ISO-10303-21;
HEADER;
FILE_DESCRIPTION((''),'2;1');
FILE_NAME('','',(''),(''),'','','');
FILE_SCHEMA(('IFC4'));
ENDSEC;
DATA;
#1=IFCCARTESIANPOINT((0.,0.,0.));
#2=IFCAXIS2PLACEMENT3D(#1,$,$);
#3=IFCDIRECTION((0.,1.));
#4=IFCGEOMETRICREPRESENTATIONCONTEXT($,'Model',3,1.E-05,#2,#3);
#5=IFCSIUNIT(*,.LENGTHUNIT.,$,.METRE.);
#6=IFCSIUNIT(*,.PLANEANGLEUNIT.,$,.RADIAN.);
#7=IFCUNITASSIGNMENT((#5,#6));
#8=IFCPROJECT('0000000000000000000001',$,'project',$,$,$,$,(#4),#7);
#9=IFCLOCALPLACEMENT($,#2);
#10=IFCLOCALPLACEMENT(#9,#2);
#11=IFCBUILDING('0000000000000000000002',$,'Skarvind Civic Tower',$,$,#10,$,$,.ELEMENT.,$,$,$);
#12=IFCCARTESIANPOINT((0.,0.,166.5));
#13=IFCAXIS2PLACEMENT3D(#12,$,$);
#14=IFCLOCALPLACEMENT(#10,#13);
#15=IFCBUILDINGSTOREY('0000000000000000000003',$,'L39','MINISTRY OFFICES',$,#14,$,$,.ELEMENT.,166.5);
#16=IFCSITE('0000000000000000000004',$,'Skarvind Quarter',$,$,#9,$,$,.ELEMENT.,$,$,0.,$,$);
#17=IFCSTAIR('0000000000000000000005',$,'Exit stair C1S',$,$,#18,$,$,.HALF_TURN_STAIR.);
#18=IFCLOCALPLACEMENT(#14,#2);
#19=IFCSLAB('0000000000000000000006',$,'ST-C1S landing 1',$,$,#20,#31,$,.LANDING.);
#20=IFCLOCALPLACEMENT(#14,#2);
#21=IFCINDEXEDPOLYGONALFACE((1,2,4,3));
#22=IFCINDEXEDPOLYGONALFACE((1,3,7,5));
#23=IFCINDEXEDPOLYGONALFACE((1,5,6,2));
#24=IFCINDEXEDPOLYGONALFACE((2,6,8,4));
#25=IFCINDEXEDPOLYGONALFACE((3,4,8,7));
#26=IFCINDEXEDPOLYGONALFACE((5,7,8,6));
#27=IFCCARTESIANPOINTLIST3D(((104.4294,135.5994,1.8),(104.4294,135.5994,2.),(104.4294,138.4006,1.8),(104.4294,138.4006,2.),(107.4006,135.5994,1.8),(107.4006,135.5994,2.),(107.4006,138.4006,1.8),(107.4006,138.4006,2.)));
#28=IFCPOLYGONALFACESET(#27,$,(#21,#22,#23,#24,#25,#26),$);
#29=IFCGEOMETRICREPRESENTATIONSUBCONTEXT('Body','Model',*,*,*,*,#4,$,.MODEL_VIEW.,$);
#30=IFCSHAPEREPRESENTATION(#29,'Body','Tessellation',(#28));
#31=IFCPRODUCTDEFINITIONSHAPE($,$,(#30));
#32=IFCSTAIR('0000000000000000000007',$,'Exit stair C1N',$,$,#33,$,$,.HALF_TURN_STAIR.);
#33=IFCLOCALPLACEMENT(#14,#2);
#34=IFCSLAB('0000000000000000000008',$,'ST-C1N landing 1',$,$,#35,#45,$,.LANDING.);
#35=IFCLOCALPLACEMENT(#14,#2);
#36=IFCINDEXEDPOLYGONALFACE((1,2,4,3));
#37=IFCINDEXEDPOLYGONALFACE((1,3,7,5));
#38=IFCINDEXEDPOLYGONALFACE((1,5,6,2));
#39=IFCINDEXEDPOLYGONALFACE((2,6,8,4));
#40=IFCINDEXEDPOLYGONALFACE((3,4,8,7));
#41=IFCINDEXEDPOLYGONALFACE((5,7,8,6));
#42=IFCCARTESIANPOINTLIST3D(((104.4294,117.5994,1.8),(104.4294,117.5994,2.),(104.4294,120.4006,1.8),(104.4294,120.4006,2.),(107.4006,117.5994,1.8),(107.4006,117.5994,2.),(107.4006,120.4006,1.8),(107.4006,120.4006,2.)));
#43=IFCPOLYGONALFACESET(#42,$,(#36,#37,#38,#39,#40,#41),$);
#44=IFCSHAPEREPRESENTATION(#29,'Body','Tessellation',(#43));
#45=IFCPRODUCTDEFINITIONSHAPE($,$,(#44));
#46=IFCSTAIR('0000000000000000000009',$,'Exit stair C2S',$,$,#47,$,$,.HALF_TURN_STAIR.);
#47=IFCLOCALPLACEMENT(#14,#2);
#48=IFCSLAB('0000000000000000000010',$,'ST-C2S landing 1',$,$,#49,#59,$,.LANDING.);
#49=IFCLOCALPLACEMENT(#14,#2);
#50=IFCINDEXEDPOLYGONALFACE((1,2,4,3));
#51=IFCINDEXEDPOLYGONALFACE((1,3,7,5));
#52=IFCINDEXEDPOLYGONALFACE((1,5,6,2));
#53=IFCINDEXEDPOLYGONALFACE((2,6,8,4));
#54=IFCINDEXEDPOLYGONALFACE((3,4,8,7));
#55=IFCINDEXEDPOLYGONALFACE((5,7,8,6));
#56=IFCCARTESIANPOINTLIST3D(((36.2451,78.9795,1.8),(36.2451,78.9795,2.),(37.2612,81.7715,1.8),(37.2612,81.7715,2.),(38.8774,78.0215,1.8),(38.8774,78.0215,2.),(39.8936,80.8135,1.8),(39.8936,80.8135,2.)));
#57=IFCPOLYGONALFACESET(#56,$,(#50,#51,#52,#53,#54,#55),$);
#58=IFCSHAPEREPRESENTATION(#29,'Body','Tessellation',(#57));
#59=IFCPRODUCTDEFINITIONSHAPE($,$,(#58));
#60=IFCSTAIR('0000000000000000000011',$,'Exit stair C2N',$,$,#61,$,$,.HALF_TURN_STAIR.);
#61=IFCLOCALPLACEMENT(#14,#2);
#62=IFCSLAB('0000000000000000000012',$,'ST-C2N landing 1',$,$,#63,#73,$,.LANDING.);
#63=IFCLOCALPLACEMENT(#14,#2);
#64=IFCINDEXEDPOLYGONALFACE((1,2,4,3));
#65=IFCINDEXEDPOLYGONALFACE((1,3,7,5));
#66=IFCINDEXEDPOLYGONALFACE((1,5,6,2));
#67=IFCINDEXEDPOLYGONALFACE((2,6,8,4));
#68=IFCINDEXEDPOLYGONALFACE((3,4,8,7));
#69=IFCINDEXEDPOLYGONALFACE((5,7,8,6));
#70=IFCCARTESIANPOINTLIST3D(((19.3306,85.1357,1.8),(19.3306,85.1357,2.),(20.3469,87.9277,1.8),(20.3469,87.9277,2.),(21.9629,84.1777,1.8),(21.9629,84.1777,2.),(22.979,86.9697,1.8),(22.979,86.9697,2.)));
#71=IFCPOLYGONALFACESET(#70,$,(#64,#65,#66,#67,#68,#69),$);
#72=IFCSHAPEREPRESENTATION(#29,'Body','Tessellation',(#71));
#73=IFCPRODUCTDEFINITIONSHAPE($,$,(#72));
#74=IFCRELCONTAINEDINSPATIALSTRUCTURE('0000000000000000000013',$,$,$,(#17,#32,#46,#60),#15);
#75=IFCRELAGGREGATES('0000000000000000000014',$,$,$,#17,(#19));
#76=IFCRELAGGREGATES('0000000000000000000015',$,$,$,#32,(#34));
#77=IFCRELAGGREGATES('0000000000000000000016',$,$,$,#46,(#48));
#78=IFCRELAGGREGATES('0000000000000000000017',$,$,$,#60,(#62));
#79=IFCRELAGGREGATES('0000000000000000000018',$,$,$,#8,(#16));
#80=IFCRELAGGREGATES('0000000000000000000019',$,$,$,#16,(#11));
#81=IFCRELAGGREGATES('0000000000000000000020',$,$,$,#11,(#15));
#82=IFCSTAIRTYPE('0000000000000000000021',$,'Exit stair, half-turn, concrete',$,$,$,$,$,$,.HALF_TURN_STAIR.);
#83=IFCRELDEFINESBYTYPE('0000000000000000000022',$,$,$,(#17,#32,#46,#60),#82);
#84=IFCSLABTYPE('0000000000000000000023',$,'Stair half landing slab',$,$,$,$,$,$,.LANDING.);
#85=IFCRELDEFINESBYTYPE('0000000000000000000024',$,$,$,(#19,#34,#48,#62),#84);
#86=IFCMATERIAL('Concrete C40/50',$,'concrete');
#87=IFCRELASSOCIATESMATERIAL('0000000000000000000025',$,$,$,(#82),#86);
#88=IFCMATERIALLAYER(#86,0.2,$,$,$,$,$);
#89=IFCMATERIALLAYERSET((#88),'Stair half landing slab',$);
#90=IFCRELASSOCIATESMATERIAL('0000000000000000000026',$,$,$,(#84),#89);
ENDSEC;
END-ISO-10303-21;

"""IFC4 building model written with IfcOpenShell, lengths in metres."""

from ifc_helpers import new_model, si_unit, direction, frame, origin, place, context, subcontext, project, spatial, polyline, outline, extrude, material, layer, layer_set, type_object, element, aggregate, save


model = new_model("IFC4")

# Units and contexts
model_context = context("Model", 3, precision=1e-05, world=origin(), true_north=direction((0.0, 1.0)))
body_context = subcontext(model_context, "Body", "Model", "MODEL_VIEW")
ifc_project = project(units=[si_unit("LENGTHUNIT", "METRE"), si_unit("PLANEANGLEUNIT", "RADIAN")], contexts=[model_context])

# Site, building, storey
site_placement = place(None, origin())
site = spatial("IfcSite", under=ifc_project, at=site_placement, Name="Skarvind Quarter", CompositionType="ELEMENT", RefElevation=0.0)
building_placement = place(site_placement, origin())
building = spatial("IfcBuilding", under=site, at=building_placement, Name="Skarvind Civic Tower", CompositionType="ELEMENT")
storey_placement = place(building_placement, frame((0.0, 0.0, 166.5)))
storey = spatial("IfcBuildingStorey", under=building, at=storey_placement, Name="L39", Description="MINISTRY OFFICES", CompositionType="ELEMENT", Elevation=166.5)

# Shared definitions
ifc_material_1 = material(Name="Concrete C40/50", Category="concrete")

# Stairs, slabs
stair_type = type_object("IfcStairType", Name="Exit stair, half-turn, concrete", PredefinedType="HALF_TURN_STAIR", material=ifc_material_1)
stair_1_placement = place(storey_placement, origin())
stair_1 = element("IfcStair", 1, at=stair_1_placement, inside=storey, type_object=stair_type, Name="Exit stair C1S", PredefinedType="HALF_TURN_STAIR")
ifc_layer_1 = layer(ifc_material_1, 0.2)
ifc_layer_set_1 = layer_set([ifc_layer_1], Name="Stair half landing slab")
slab_type_1 = type_object("IfcSlabType", Name="Stair half landing slab", PredefinedType="LANDING", material=ifc_layer_set_1)
slab_1_placement = place(storey_placement, frame((0.0, 0.0, 1.8)))
slab_1 = element("IfcSlab", 2, at=slab_1_placement, type_object=slab_type_1, Name="ST-C1S landing 1", PredefinedType="LANDING", context=body_context, shape_type="SweptSolid", body=[
    extrude(outline(polyline([(104.4294, 135.5994), (104.4294, 138.4006), (107.4006, 138.4006), (107.4006, 135.5994), (104.4294, 135.5994)])), origin(), (0.0, 0.0, 1.0), 0.2),
])
aggregate(stair_1, [slab_1])
stair_2_placement = place(storey_placement, origin())
stair_2 = element("IfcStair", 3, at=stair_2_placement, inside=storey, type_object=stair_type, Name="Exit stair C1N", PredefinedType="HALF_TURN_STAIR")
slab_2_placement = place(storey_placement, frame((0.0, 0.0, 1.8)))
slab_2 = element("IfcSlab", 4, at=slab_2_placement, type_object=slab_type_1, Name="ST-C1N landing 1", PredefinedType="LANDING", context=body_context, shape_type="SweptSolid", body=[
    extrude(outline(polyline([(104.4294, 117.5994), (104.4294, 120.4006), (107.4006, 120.4006), (107.4006, 117.5994), (104.4294, 117.5994)])), origin(), (0.0, 0.0, 1.0), 0.2),
])
aggregate(stair_2, [slab_2])
stair_3_placement = place(storey_placement, origin())
stair_3 = element("IfcStair", 5, at=stair_3_placement, inside=storey, type_object=stair_type, Name="Exit stair C2S", PredefinedType="HALF_TURN_STAIR")
slab_3_placement = place(storey_placement, frame((0.0, 0.0, 1.8)))
slab_3 = element("IfcSlab", 6, at=slab_3_placement, type_object=slab_type_1, Name="ST-C2S landing 1", PredefinedType="LANDING", context=body_context, shape_type="SweptSolid", body=[
    extrude(outline(polyline([(37.2612, 81.7715), (39.8936, 80.8135), (38.8774, 78.0215), (36.2451, 78.9795), (37.2612, 81.7715)])), origin(), (0.0, 0.0, 1.0), 0.2),
])
aggregate(stair_3, [slab_3])
stair_4_placement = place(storey_placement, origin())
stair_4 = element("IfcStair", 7, at=stair_4_placement, inside=storey, type_object=stair_type, Name="Exit stair C2N", PredefinedType="HALF_TURN_STAIR")
slab_4_placement = place(storey_placement, frame((0.0, 0.0, 1.8)))
slab_4 = element("IfcSlab", 8, at=slab_4_placement, type_object=slab_type_1, Name="ST-C2N landing 1", PredefinedType="LANDING", context=body_context, shape_type="SweptSolid", body=[
    extrude(outline(polyline([(20.3469, 87.9277), (22.979, 86.9697), (21.9629, 84.1777), (19.3306, 85.1357), (20.3469, 87.9277)])), origin(), (0.0, 0.0, 1.0), 0.2),
])
aggregate(stair_4, [slab_4])

save(model, "model.ifc")
